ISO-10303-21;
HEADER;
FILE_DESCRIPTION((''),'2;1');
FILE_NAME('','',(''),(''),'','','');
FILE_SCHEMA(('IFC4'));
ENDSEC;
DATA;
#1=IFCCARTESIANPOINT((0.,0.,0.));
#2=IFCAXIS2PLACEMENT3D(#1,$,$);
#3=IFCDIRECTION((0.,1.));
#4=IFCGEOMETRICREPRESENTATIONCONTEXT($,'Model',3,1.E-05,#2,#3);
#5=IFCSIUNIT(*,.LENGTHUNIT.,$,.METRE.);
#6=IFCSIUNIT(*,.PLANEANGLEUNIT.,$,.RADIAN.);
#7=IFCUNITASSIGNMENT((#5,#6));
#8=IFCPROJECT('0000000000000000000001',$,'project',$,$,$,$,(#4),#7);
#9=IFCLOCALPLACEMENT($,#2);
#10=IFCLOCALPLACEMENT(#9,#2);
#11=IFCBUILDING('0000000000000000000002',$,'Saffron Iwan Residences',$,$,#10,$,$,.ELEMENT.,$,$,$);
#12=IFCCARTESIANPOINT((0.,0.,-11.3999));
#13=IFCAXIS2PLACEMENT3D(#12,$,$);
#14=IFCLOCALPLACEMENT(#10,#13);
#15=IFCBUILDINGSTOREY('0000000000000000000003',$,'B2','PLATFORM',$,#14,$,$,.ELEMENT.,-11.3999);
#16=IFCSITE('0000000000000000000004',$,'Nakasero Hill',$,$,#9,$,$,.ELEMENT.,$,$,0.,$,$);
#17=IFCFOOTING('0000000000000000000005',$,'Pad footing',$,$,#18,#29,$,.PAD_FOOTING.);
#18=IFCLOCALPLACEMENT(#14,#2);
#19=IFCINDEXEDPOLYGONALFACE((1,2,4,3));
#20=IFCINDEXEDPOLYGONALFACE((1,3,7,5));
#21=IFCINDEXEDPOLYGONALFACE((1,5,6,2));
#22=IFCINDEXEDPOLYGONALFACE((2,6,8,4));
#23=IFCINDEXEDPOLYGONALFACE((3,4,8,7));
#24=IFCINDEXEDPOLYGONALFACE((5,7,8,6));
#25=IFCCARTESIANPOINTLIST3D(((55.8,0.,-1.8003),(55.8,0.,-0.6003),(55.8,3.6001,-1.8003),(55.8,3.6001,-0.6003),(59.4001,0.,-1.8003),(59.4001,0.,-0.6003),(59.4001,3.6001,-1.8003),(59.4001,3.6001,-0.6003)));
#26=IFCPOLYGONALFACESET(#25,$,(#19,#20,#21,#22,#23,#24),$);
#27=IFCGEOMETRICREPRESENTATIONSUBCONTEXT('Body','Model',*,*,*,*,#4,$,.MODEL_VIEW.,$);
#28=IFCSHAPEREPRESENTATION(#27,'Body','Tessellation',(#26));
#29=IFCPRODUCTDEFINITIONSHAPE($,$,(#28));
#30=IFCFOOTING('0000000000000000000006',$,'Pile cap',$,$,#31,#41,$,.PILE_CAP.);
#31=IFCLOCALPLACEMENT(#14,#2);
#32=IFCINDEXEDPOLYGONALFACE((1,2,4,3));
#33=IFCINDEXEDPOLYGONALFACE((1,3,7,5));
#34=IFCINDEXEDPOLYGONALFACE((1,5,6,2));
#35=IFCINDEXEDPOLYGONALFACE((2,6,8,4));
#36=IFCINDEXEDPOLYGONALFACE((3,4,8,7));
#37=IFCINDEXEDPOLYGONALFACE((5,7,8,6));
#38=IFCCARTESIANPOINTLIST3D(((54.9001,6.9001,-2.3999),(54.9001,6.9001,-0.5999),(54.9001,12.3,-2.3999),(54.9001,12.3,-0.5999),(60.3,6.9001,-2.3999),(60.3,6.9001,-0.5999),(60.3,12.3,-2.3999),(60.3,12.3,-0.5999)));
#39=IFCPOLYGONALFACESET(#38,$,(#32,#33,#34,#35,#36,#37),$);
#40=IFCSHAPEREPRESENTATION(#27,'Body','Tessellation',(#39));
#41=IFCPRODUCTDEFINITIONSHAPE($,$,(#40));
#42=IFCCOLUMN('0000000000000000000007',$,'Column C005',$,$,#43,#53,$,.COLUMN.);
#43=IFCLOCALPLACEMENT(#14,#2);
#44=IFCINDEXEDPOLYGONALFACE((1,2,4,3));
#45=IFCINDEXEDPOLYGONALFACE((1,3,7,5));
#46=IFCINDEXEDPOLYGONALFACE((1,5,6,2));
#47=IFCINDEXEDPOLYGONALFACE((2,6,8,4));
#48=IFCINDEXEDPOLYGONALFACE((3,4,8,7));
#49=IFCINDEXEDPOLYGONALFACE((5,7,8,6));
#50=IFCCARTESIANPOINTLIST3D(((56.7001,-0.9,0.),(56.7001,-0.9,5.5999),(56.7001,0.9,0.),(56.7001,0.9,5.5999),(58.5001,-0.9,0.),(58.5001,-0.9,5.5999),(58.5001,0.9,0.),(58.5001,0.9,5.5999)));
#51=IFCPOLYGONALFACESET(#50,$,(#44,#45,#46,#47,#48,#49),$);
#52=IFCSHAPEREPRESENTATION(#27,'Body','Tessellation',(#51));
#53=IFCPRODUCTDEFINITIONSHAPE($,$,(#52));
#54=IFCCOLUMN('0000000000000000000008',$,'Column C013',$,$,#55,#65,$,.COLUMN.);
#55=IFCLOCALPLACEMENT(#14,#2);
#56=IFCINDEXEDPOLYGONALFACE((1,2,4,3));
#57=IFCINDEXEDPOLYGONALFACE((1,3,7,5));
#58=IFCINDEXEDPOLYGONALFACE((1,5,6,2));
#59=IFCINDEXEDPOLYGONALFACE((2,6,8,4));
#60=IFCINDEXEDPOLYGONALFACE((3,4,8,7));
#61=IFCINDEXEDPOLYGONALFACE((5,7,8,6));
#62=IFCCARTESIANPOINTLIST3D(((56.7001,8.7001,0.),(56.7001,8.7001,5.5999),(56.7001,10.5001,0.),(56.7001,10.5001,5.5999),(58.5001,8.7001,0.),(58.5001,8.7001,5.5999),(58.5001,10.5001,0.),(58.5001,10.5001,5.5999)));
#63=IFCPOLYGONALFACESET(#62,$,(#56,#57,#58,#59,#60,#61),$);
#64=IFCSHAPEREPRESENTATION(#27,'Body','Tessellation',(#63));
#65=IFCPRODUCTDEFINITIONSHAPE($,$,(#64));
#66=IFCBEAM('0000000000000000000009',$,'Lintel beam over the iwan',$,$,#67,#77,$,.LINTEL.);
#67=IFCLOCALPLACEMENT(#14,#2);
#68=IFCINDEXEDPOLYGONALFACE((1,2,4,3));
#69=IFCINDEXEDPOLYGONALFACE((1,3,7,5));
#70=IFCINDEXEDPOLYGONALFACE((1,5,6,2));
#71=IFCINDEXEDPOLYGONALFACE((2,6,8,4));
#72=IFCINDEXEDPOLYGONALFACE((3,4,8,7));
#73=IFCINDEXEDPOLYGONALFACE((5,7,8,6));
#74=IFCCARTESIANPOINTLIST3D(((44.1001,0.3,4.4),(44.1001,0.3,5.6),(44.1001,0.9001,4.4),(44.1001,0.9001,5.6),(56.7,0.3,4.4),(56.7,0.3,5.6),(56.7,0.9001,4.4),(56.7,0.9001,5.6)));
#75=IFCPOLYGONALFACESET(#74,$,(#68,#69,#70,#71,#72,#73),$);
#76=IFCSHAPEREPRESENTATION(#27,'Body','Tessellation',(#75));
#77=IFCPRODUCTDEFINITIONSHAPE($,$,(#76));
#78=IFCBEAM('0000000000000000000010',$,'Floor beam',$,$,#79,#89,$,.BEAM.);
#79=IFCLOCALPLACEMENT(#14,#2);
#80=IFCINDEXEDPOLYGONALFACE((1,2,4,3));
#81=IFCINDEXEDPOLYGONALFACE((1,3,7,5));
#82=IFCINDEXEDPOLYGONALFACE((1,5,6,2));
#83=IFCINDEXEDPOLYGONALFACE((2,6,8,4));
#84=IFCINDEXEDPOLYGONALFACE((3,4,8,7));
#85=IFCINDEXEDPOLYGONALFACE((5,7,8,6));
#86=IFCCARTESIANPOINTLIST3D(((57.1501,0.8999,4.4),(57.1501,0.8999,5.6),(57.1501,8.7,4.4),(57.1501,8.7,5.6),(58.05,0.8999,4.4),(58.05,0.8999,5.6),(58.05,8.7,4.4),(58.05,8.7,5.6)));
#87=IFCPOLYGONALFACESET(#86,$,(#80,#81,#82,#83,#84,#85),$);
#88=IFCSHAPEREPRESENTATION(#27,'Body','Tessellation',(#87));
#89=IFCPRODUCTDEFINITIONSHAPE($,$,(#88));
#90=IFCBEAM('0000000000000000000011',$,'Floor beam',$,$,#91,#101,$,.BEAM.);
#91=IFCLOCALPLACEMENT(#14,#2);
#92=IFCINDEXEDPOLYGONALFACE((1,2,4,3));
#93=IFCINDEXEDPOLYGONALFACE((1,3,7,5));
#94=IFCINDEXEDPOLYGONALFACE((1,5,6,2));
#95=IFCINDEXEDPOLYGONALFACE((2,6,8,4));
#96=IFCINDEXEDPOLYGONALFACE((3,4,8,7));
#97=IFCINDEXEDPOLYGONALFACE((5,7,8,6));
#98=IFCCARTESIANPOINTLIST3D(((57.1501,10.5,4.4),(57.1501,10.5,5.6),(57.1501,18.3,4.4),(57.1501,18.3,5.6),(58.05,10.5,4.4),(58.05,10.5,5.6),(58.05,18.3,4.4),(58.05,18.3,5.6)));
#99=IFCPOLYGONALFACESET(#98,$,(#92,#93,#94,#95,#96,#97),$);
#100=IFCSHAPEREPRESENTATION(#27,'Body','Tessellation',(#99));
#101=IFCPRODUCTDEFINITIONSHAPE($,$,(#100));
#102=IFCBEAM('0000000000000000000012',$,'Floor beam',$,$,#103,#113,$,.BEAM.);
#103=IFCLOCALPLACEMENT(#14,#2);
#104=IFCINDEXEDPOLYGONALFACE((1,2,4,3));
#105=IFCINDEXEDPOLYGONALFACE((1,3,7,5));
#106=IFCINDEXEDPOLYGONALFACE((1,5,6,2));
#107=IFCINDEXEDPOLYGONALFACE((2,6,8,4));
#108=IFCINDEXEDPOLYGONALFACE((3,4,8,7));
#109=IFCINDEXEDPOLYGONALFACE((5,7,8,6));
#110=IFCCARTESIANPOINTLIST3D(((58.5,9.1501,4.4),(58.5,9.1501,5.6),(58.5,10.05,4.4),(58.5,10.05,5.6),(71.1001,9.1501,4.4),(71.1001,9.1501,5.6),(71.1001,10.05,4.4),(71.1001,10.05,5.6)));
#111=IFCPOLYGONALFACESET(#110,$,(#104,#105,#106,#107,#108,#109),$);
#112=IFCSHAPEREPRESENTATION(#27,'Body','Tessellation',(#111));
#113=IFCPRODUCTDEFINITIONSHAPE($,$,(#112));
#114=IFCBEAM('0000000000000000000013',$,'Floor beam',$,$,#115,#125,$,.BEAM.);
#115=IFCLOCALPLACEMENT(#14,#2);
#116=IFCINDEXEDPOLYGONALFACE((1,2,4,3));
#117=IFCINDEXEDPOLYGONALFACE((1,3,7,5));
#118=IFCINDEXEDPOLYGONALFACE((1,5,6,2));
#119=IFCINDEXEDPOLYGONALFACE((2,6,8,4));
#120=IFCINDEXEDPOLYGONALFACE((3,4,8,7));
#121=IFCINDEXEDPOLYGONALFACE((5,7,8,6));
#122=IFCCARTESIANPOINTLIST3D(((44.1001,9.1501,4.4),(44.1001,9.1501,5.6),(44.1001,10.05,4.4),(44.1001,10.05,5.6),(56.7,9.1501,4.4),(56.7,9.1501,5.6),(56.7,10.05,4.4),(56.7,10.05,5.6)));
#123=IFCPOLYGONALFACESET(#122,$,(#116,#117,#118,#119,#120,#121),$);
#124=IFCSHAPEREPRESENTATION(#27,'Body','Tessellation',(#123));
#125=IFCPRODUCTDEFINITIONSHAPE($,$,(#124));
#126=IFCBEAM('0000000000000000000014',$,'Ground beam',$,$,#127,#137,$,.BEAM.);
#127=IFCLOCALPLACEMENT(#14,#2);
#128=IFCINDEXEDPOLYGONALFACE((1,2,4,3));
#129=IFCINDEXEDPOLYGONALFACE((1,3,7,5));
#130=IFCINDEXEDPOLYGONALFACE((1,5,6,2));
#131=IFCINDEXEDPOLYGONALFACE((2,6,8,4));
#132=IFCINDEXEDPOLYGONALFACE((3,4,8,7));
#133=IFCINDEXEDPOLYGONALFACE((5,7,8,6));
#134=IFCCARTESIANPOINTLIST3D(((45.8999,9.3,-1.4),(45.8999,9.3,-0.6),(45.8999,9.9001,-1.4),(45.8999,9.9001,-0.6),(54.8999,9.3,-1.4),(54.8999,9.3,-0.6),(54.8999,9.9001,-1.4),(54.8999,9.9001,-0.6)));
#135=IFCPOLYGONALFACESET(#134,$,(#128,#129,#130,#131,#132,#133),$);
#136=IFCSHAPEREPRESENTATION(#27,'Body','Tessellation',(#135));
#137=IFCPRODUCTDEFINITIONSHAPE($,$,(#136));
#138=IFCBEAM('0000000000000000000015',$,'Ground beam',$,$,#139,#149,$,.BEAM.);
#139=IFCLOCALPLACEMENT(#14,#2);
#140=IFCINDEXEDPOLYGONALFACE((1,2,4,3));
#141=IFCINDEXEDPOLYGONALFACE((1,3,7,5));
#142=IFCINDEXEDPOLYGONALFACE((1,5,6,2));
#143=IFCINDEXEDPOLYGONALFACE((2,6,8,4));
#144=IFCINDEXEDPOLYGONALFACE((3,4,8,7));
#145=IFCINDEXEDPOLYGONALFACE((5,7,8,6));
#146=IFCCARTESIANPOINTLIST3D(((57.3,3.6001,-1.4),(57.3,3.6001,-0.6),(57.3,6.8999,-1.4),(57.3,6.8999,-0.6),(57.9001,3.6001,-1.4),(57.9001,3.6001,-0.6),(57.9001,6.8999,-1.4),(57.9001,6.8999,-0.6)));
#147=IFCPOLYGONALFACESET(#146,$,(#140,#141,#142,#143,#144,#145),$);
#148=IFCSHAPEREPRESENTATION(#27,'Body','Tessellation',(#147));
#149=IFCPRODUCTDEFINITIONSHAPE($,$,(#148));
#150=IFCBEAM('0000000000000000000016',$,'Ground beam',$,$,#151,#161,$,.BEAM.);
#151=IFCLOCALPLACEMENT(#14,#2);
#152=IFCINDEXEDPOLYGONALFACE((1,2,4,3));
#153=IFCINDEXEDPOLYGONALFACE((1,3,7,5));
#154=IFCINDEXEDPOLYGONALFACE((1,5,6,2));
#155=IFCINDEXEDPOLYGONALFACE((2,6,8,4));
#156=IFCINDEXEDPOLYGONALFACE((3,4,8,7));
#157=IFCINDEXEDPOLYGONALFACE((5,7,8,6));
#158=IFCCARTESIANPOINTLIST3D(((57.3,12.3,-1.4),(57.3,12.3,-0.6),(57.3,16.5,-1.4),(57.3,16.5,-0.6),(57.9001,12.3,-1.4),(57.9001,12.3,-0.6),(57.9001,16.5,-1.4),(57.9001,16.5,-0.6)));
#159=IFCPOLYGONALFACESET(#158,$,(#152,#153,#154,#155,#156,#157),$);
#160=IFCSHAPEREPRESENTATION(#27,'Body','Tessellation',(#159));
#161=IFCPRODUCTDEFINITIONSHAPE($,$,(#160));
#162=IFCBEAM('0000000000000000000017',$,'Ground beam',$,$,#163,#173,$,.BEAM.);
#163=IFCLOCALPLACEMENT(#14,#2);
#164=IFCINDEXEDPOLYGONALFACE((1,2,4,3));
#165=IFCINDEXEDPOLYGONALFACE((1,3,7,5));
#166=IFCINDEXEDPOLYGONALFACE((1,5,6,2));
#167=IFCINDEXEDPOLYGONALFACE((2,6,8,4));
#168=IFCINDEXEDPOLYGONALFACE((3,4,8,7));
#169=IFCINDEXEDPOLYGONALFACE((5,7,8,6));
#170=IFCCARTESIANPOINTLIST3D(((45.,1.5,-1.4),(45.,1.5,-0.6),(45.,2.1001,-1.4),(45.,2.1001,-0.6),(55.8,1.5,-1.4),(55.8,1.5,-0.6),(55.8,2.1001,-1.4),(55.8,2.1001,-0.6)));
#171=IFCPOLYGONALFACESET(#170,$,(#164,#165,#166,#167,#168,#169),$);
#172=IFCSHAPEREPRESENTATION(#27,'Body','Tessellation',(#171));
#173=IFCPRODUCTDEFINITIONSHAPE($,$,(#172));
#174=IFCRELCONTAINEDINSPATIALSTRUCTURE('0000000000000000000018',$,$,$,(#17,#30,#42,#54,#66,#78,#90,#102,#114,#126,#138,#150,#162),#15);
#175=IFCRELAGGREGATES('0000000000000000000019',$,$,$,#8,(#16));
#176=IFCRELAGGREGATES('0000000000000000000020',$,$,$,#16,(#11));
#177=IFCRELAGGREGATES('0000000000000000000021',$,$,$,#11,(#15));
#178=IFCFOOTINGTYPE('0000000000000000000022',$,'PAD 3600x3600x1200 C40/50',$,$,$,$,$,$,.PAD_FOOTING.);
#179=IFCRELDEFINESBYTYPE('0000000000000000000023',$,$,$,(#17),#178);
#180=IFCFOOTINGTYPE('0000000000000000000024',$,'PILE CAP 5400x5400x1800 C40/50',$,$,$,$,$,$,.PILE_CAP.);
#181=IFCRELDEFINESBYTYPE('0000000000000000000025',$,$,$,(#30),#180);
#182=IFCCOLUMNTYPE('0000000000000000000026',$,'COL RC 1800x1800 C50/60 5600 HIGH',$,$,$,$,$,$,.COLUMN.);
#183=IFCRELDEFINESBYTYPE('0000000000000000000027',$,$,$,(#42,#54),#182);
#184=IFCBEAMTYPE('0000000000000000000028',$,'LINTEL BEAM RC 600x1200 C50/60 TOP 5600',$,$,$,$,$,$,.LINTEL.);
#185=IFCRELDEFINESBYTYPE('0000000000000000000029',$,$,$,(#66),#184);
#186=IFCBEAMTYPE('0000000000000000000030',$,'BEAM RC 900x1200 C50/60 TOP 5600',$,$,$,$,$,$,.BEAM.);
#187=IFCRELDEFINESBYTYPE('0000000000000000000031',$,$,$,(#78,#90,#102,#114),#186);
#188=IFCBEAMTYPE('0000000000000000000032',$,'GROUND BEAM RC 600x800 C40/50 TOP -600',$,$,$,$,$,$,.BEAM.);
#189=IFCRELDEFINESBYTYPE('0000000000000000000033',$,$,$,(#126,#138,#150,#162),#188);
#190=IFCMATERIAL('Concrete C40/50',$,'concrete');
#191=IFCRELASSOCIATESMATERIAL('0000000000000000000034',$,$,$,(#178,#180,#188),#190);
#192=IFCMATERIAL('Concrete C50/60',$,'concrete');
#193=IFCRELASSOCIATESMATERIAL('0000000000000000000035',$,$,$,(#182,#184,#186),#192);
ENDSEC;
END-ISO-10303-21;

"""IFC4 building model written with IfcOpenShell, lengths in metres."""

from ifc_helpers import new_model, si_unit, direction, frame, origin, origin_2d, place, context, subcontext, project, spatial, rectangle, extrude, source, transform, mapped, material, material_profile, profile_set, type_object, element, save


model = new_model("IFC4")

# Units and contexts
model_context = context("Model", 3, precision=1e-05, world=origin(), true_north=direction((0.0, 1.0)))
body_context = subcontext(model_context, "Body", "Model", "MODEL_VIEW")
ifc_project = project(units=[si_unit("LENGTHUNIT", "METRE"), si_unit("PLANEANGLEUNIT", "RADIAN")], contexts=[model_context])

# Site, building, storey
site_placement = place(None, origin())
site = spatial("IfcSite", under=ifc_project, at=site_placement, Name="Nakasero Hill", CompositionType="ELEMENT", RefElevation=0.0)
building_placement = place(site_placement, origin())
building = spatial("IfcBuilding", under=site, at=building_placement, Name="Saffron Iwan Residences", CompositionType="ELEMENT")
storey_placement = place(building_placement, frame((0.0, 0.0, -11.3999)))
storey = spatial("IfcBuildingStorey", under=building, at=storey_placement, Name="B2", Description="PLATFORM", CompositionType="ELEMENT", Elevation=-11.3999)

# Shared definitions
ifc_material_1 = material(Name="Concrete C40/50", Category="concrete")

# Footings
footing_type_1 = type_object("IfcFootingType", Name="PAD 3600x3600x1200 C40/50", PredefinedType="PAD_FOOTING", material=ifc_material_1)
shared_shape_1 = source(origin(), body_context, "Body", "SweptSolid", [
    extrude(rectangle(XDim=3.6001, YDim=3.6001, at=origin_2d()), origin(), (0.0, 0.0, 1.0), 1.2),
])
footing_1_placement = place(storey_placement, frame((57.6001, 1.8, -1.8003), z_axis=(0.0, 0.0, 1.0), x_axis=(1.0, 0.0, 0.0)))
element("IfcFooting", 1, at=footing_1_placement, inside=storey, type_object=footing_type_1, Name="Pad footing", PredefinedType="PAD_FOOTING", context=body_context, shape_type="MappedRepresentation", body=[
    mapped(shared_shape_1, transform((0.0, 0.0, 0.0))),
])
footing_type_2 = type_object("IfcFootingType", Name="PILE CAP 5400x5400x1800 C40/50", PredefinedType="PILE_CAP", material=ifc_material_1)
shared_shape_2 = source(origin(), body_context, "Body", "SweptSolid", [
    extrude(rectangle(XDim=5.3999, YDim=5.3999, at=origin_2d()), origin(), (0.0, 0.0, 1.0), 1.8),
])
footing_2_placement = place(storey_placement, frame((57.6001, 9.6001, -2.3999), z_axis=(0.0, 0.0, 1.0), x_axis=(1.0, 0.0, 0.0)))
element("IfcFooting", 2, at=footing_2_placement, inside=storey, type_object=footing_type_2, Name="Pile cap", PredefinedType="PILE_CAP", context=body_context, shape_type="MappedRepresentation", body=[
    mapped(shared_shape_2, transform((0.0, 0.0, 0.0))),
])

# Columns
ifc_material_2 = material(Name="Concrete C50/60", Category="concrete")
ifc_material_profile_1 = material_profile(ifc_material_2, rectangle(XDim=1.8, YDim=1.8, at=origin_2d()), Name="RC 1800x1800")
ifc_profile_set_1 = profile_set([ifc_material_profile_1], Name="Concrete C50/60")
column_type = type_object("IfcColumnType", Name="COL RC 1800x1800 C50/60 5600 HIGH", PredefinedType="COLUMN", material=ifc_profile_set_1)
shared_shape_3 = source(origin(), body_context, "Body", "SweptSolid", [
    extrude(rectangle(XDim=1.8, YDim=1.8, at=origin_2d()), origin(), (0.0, 0.0, 1.0), 5.5999),
])
for number, where, z_axis, x_axis, name in (
    (3, (57.6001, 0.0, 0.0), (0.0, 0.0, 1.0), (1.0, 0.0, 0.0), "Column C005"),
    (4, (57.6001, 9.6001, 0.0), (0.0, 0.0, 1.0), (1.0, 0.0, 0.0), "Column C013"),
):
    element("IfcColumn", number, at=place(storey_placement, frame(where, z_axis=z_axis, x_axis=x_axis)), inside=storey, type_object=column_type, Name=name, PredefinedType="COLUMN", context=body_context, shape_type="MappedRepresentation", body=[
        mapped(shared_shape_3, transform((0.0, 0.0, 0.0))),
    ])

# Beams
ifc_material_profile_2 = material_profile(ifc_material_2, rectangle(XDim=0.6001, YDim=1.2, at=origin_2d()), Name="RC 600x1200")
ifc_profile_set_2 = profile_set([ifc_material_profile_2], Name="Concrete C50/60")
beam_type_1 = type_object("IfcBeamType", Name="LINTEL BEAM RC 600x1200 C50/60 TOP 5600", PredefinedType="LINTEL", material=ifc_profile_set_2)
shared_shape_4 = source(origin(), body_context, "Body", "SweptSolid", [
    extrude(rectangle(XDim=0.6001, YDim=1.2, at=origin_2d()), origin(), (0.0, 0.0, 1.0), 12.5999),
])
beam_1_placement = place(storey_placement, frame((56.7, 0.6001, 5.0), z_axis=(-1.0, 0.0, 0.0), x_axis=(0.0, -1.0, 0.0)))
element("IfcBeam", 5, at=beam_1_placement, inside=storey, type_object=beam_type_1, Name="Lintel beam over the iwan", PredefinedType="LINTEL", context=body_context, shape_type="MappedRepresentation", body=[
    mapped(shared_shape_4, transform((0.0, 0.0, 0.0))),
])
ifc_material_profile_3 = material_profile(ifc_material_2, rectangle(XDim=0.8999, YDim=1.2, at=origin_2d()), Name="RC 900x1200")
ifc_profile_set_3 = profile_set([ifc_material_profile_3], Name="Concrete C50/60")
beam_type_2 = type_object("IfcBeamType", Name="BEAM RC 900x1200 C50/60 TOP 5600", PredefinedType="BEAM", material=ifc_profile_set_3)
shared_shape_5 = source(origin(), body_context, "Body", "SweptSolid", [
    extrude(rectangle(XDim=0.8999, YDim=1.2, at=origin_2d()), origin(), (0.0, 0.0, 1.0), 7.8),
])
for number, where, z_axis, x_axis, name in (
    (6, (57.6001, 0.8999, 5.0), (0.0, 1.0, 0.0), (-1.0, 0.0, 0.0), "Floor beam"),
    (7, (57.6001, 10.5, 5.0), (0.0, 1.0, 0.0), (-1.0, 0.0, 0.0), "Floor beam"),
):
    element("IfcBeam", number, at=place(storey_placement, frame(where, z_axis=z_axis, x_axis=x_axis)), inside=storey, type_object=beam_type_2, Name=name, PredefinedType="BEAM", context=body_context, shape_type="MappedRepresentation", body=[
        mapped(shared_shape_5, transform((0.0, 0.0, 0.0))),
    ])
shared_shape_6 = source(origin(), body_context, "Body", "SweptSolid", [
    extrude(rectangle(XDim=0.8999, YDim=1.2, at=origin_2d()), origin(), (0.0, 0.0, 1.0), 12.6001),
])
beam_2_placement = place(storey_placement, frame((58.5, 9.6001, 5.0), z_axis=(1.0, 0.0, 0.0), x_axis=(0.0, 1.0, 0.0)))
element("IfcBeam", 8, at=beam_2_placement, inside=storey, type_object=beam_type_2, Name="Floor beam", PredefinedType="BEAM", context=body_context, shape_type="MappedRepresentation", body=[
    mapped(shared_shape_6, transform((0.0, 0.0, 0.0))),
])
shared_shape_7 = source(origin(), body_context, "Body", "SweptSolid", [
    extrude(rectangle(XDim=0.8999, YDim=1.2, at=origin_2d()), origin(), (0.0, 0.0, 1.0), 12.5999),
])
beam_3_placement = place(storey_placement, frame((44.1001, 9.6001, 5.0), z_axis=(1.0, 0.0, 0.0), x_axis=(0.0, 1.0, 0.0)))
element("IfcBeam", 9, at=beam_3_placement, inside=storey, type_object=beam_type_2, Name="Floor beam", PredefinedType="BEAM", context=body_context, shape_type="MappedRepresentation", body=[
    mapped(shared_shape_7, transform((0.0, 0.0, 0.0))),
])
ifc_material_profile_4 = material_profile(ifc_material_1, rectangle(XDim=0.6001, YDim=0.8, at=origin_2d()), Name="RC 600x800")
ifc_profile_set_4 = profile_set([ifc_material_profile_4], Name="Concrete C40/50")
beam_type_3 = type_object("IfcBeamType", Name="GROUND BEAM RC 600x800 C40/50 TOP -600", PredefinedType="BEAM", material=ifc_profile_set_4)
shared_shape_8 = source(origin(), body_context, "Body", "SweptSolid", [
    extrude(rectangle(XDim=0.6001, YDim=0.8, at=origin_2d()), origin(), (0.0, 0.0, 1.0), 9.0),
])
beam_4_placement = place(storey_placement, frame((45.8999, 9.6001, -1.0), z_axis=(1.0, 0.0, 0.0), x_axis=(0.0, 1.0, 0.0)))
element("IfcBeam", 10, at=beam_4_placement, inside=storey, type_object=beam_type_3, Name="Ground beam", PredefinedType="BEAM", context=body_context, shape_type="MappedRepresentation", body=[
    mapped(shared_shape_8, transform((0.0, 0.0, 0.0))),
])
shared_shape_9 = source(origin(), body_context, "Body", "SweptSolid", [
    extrude(rectangle(XDim=0.6001, YDim=0.8, at=origin_2d()), origin(), (0.0, 0.0, 1.0), 3.2998),
])
beam_5_placement = place(storey_placement, frame((57.6001, 3.6001, -1.0), z_axis=(0.0, 1.0, 0.0), x_axis=(-1.0, 0.0, 0.0)))
element("IfcBeam", 11, at=beam_5_placement, inside=storey, type_object=beam_type_3, Name="Ground beam", PredefinedType="BEAM", context=body_context, shape_type="MappedRepresentation", body=[
    mapped(shared_shape_9, transform((0.0, 0.0, 0.0))),
])
shared_shape_10 = source(origin(), body_context, "Body", "SweptSolid", [
    extrude(rectangle(XDim=0.6001, YDim=0.8, at=origin_2d()), origin(), (0.0, 0.0, 1.0), 4.2),
])
beam_6_placement = place(storey_placement, frame((57.6001, 12.3, -1.0), z_axis=(0.0, 1.0, 0.0), x_axis=(-1.0, 0.0, 0.0)))
element("IfcBeam", 12, at=beam_6_placement, inside=storey, type_object=beam_type_3, Name="Ground beam", PredefinedType="BEAM", context=body_context, shape_type="MappedRepresentation", body=[
    mapped(shared_shape_10, transform((0.0, 0.0, 0.0))),
])
shared_shape_11 = source(origin(), body_context, "Body", "SweptSolid", [
    extrude(rectangle(XDim=0.6001, YDim=0.8, at=origin_2d()), origin(), (0.0, 0.0, 1.0), 10.8),
])
beam_7_placement = place(storey_placement, frame((45.0, 1.8, -1.0), z_axis=(1.0, 0.0, 0.0), x_axis=(0.0, 1.0, 0.0)))
element("IfcBeam", 13, at=beam_7_placement, inside=storey, type_object=beam_type_3, Name="Ground beam", PredefinedType="BEAM", context=body_context, shape_type="MappedRepresentation", body=[
    mapped(shared_shape_11, transform((0.0, 0.0, 0.0))),
])

save(model, "model.ifc")
